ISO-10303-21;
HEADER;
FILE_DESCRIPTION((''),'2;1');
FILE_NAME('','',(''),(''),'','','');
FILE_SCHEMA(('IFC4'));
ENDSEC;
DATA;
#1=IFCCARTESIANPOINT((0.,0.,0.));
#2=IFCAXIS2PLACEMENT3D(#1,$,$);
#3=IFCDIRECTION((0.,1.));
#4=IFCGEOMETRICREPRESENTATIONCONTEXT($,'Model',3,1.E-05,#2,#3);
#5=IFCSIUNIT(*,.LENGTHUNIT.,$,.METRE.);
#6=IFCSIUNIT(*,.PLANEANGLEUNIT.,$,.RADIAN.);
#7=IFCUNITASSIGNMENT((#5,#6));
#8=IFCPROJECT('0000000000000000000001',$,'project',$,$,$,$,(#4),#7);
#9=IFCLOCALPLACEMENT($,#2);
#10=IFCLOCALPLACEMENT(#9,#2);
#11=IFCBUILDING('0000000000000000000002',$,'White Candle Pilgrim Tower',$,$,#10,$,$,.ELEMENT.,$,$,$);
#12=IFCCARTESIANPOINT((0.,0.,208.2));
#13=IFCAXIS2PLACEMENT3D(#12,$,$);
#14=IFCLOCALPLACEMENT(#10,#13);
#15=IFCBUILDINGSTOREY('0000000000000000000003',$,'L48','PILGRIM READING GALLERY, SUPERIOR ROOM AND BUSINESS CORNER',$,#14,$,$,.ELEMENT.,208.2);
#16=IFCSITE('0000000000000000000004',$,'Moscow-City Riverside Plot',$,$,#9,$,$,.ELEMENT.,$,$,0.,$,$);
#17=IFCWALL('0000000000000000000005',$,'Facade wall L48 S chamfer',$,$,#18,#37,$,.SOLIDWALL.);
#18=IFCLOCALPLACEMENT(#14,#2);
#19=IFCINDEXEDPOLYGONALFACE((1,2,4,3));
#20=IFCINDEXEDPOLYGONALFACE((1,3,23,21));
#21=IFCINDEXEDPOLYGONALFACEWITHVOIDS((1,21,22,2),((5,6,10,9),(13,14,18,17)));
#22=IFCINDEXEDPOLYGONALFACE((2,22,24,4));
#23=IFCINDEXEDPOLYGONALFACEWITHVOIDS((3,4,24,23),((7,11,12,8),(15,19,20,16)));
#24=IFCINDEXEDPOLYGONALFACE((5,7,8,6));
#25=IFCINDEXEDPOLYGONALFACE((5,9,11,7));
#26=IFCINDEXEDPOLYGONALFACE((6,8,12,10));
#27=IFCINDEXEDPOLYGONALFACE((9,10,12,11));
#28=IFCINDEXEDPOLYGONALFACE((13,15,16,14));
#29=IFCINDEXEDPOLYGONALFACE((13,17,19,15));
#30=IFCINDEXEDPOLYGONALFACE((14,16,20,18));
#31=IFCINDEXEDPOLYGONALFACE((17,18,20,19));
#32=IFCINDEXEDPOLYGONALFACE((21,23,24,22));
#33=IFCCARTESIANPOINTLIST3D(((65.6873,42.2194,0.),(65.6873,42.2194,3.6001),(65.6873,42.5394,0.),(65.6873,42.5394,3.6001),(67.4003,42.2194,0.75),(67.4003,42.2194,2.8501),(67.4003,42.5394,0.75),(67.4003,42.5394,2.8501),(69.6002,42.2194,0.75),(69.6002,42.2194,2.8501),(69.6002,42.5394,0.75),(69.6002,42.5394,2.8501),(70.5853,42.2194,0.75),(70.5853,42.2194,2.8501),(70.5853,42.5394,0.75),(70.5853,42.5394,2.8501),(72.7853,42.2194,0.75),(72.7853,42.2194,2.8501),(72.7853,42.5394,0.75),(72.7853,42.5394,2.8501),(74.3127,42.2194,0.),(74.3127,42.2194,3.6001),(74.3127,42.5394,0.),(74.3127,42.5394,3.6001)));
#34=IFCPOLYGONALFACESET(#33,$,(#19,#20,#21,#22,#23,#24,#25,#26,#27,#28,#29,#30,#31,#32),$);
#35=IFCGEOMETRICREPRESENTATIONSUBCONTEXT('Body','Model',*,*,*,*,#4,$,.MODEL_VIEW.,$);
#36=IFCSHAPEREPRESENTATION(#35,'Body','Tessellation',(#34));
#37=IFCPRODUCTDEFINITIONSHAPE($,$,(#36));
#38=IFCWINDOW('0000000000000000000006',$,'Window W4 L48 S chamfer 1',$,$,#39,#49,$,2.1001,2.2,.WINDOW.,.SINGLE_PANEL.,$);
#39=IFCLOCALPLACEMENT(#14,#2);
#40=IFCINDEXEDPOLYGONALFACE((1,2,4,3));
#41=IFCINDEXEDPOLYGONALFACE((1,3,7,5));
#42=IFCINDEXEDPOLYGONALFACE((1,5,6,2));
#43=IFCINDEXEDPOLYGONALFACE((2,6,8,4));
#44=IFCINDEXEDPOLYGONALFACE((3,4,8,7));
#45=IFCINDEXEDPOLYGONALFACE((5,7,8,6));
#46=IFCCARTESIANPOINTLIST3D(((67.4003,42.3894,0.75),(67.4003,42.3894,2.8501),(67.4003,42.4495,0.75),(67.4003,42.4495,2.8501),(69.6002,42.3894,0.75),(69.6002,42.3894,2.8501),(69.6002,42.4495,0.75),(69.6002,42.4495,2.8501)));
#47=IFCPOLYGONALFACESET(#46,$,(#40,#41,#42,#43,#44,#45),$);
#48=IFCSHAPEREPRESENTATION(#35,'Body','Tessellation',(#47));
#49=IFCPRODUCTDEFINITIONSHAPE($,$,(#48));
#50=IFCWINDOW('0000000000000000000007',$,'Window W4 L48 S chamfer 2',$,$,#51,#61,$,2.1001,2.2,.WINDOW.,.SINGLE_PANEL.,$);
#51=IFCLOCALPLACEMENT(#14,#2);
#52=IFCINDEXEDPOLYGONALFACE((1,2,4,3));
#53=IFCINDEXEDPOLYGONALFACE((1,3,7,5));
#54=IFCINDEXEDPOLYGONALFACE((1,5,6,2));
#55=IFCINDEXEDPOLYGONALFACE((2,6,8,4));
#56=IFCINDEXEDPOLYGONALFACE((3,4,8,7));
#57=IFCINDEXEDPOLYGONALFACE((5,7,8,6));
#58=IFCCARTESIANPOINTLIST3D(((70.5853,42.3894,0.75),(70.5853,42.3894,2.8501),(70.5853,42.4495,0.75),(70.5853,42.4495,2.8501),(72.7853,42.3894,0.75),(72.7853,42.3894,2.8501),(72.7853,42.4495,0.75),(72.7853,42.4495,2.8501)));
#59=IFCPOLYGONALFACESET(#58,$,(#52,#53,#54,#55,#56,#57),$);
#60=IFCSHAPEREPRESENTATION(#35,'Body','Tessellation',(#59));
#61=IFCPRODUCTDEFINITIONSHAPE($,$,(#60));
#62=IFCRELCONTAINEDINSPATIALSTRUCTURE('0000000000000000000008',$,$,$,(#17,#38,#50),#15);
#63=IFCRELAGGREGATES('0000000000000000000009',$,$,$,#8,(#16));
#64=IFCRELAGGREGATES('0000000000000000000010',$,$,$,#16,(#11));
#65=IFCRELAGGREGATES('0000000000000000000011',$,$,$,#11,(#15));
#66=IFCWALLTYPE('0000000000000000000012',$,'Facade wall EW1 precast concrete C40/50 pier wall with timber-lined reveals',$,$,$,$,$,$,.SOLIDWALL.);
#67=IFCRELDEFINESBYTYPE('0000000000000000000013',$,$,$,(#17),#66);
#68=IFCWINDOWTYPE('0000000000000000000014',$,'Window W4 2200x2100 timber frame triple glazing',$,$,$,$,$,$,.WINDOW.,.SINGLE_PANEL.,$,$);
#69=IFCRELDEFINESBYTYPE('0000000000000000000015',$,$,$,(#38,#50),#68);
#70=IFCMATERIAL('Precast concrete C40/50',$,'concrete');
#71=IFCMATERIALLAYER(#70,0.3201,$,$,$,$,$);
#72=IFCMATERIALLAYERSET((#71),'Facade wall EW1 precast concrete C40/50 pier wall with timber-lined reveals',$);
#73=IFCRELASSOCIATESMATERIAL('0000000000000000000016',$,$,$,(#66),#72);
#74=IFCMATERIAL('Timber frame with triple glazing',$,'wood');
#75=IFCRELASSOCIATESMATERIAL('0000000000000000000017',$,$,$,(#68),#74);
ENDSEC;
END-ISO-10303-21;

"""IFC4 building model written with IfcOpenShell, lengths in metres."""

from ifc_helpers import new_model, si_unit, direction, frame, frame_2d, origin, place, context, subcontext, project, spatial, rectangle, extrude, material, layer, layer_set, type_object, element, fill, save


model = new_model("IFC4")

# Units and contexts
model_context = context("Model", 3, precision=1e-05, world=origin(), true_north=direction((0.0, 1.0)))
body_context = subcontext(model_context, "Body", "Model", "MODEL_VIEW")
ifc_project = project(units=[si_unit("LENGTHUNIT", "METRE"), si_unit("PLANEANGLEUNIT", "RADIAN")], contexts=[model_context])

# Site, building, storey
site_placement = place(None, origin())
site = spatial("IfcSite", under=ifc_project, at=site_placement, Name="Moscow-City Riverside Plot", CompositionType="ELEMENT", RefElevation=0.0)
building_placement = place(site_placement, origin())
building = spatial("IfcBuilding", under=site, at=building_placement, Name="White Candle Pilgrim Tower", CompositionType="ELEMENT")
storey_placement = place(building_placement, frame((0.0, 0.0, 208.2)))
storey = spatial("IfcBuildingStorey", under=building, at=storey_placement, Name="L48", Description="PILGRIM READING GALLERY, SUPERIOR ROOM AND BUSINESS CORNER", CompositionType="ELEMENT", Elevation=208.2)

# Wall, openings, windows
ifc_material_1 = material(Name="Precast concrete C40/50", Category="concrete")
ifc_layer_1 = layer(ifc_material_1, 0.3201)
ifc_layer_set_1 = layer_set([ifc_layer_1], Name="Facade wall EW1 precast concrete C40/50 pier wall with timber-lined reveals")
wall_type_1 = type_object("IfcWallType", Name="Facade wall EW1 precast concrete C40/50 pier wall with timber-lined reveals", PredefinedType="SOLIDWALL", material=ifc_layer_set_1)
wall_1_placement = place(storey_placement, frame((65.6873, 42.3794, 0.0), z_axis=(0.0, 0.0, 1.0), x_axis=(1.0, 0.0, 0.0)))
wall_1 = element("IfcWall", 1, at=wall_1_placement, inside=storey, type_object=wall_type_1, Name="Facade wall L48 S chamfer", PredefinedType="SOLIDWALL", context=body_context, shape_type="SweptSolid", body=[
    extrude(rectangle(XDim=8.6255, YDim=0.3201, at=frame_2d((4.3127, 0.0))), origin(), (0.0, 0.0, 1.0), 3.6001),
])
opening_1_placement = place(wall_1_placement, frame((1.7129, 0.0, 0.75)))
opening_1 = element("IfcOpeningElement", 2, at=opening_1_placement, cuts=wall_1, PredefinedType="OPENING", context=body_context, shape_type="SweptSolid", body=[
    extrude(rectangle(XDim=2.2, YDim=2.1001, at=frame_2d((1.1001, 1.05))), frame((0.0, 0.1699, 0.0), z_axis=(0.0, -1.0, 0.0), x_axis=(1.0, 0.0, 0.0)), (0.0, 0.0, 1.0), 0.3401),
])
opening_2_placement = place(wall_1_placement, frame((4.8979, 0.0, 0.75)))
opening_2 = element("IfcOpeningElement", 3, at=opening_2_placement, cuts=wall_1, PredefinedType="OPENING", context=body_context, shape_type="SweptSolid", body=[
    extrude(rectangle(XDim=2.2, YDim=2.1001, at=frame_2d((1.1001, 1.05))), frame((0.0, 0.1699, 0.0), z_axis=(0.0, -1.0, 0.0), x_axis=(1.0, 0.0, 0.0)), (0.0, 0.0, 1.0), 0.3401),
])
ifc_material_2 = material(Name="Timber frame with triple glazing", Category="wood")
window_type_1 = type_object("IfcWindowType", Name="Window W4 2200x2100 timber frame triple glazing", PartitioningType="SINGLE_PANEL", PredefinedType="WINDOW", material=ifc_material_2)
window_1_placement = place(opening_1_placement, origin())
window_1 = element("IfcWindow", 4, at=window_1_placement, inside=storey, type_object=window_type_1, Name="Window W4 L48 S chamfer 1", OverallHeight=2.1001, OverallWidth=2.2, PartitioningType="SINGLE_PANEL", PredefinedType="WINDOW", context=body_context, shape_type="SweptSolid", body=[
    extrude(rectangle(XDim=2.2, YDim=2.1001, at=frame_2d((1.1001, 1.05))), frame((0.0, 0.0701, 0.0), z_axis=(0.0, -1.0, 0.0), x_axis=(1.0, 0.0, 0.0)), (0.0, 0.0, 1.0), 0.0601),
])
fill(opening_1, window_1)
window_2_placement = place(opening_2_placement, origin())
window_2 = element("IfcWindow", 5, at=window_2_placement, inside=storey, type_object=window_type_1, Name="Window W4 L48 S chamfer 2", OverallHeight=2.1001, OverallWidth=2.2, PartitioningType="SINGLE_PANEL", PredefinedType="WINDOW", context=body_context, shape_type="SweptSolid", body=[
    extrude(rectangle(XDim=2.2, YDim=2.1001, at=frame_2d((1.1001, 1.05))), frame((0.0, 0.0701, 0.0), z_axis=(0.0, -1.0, 0.0), x_axis=(1.0, 0.0, 0.0)), (0.0, 0.0, 1.0), 0.0601),
])
fill(opening_2, window_2)

save(model, "model.ifc")
